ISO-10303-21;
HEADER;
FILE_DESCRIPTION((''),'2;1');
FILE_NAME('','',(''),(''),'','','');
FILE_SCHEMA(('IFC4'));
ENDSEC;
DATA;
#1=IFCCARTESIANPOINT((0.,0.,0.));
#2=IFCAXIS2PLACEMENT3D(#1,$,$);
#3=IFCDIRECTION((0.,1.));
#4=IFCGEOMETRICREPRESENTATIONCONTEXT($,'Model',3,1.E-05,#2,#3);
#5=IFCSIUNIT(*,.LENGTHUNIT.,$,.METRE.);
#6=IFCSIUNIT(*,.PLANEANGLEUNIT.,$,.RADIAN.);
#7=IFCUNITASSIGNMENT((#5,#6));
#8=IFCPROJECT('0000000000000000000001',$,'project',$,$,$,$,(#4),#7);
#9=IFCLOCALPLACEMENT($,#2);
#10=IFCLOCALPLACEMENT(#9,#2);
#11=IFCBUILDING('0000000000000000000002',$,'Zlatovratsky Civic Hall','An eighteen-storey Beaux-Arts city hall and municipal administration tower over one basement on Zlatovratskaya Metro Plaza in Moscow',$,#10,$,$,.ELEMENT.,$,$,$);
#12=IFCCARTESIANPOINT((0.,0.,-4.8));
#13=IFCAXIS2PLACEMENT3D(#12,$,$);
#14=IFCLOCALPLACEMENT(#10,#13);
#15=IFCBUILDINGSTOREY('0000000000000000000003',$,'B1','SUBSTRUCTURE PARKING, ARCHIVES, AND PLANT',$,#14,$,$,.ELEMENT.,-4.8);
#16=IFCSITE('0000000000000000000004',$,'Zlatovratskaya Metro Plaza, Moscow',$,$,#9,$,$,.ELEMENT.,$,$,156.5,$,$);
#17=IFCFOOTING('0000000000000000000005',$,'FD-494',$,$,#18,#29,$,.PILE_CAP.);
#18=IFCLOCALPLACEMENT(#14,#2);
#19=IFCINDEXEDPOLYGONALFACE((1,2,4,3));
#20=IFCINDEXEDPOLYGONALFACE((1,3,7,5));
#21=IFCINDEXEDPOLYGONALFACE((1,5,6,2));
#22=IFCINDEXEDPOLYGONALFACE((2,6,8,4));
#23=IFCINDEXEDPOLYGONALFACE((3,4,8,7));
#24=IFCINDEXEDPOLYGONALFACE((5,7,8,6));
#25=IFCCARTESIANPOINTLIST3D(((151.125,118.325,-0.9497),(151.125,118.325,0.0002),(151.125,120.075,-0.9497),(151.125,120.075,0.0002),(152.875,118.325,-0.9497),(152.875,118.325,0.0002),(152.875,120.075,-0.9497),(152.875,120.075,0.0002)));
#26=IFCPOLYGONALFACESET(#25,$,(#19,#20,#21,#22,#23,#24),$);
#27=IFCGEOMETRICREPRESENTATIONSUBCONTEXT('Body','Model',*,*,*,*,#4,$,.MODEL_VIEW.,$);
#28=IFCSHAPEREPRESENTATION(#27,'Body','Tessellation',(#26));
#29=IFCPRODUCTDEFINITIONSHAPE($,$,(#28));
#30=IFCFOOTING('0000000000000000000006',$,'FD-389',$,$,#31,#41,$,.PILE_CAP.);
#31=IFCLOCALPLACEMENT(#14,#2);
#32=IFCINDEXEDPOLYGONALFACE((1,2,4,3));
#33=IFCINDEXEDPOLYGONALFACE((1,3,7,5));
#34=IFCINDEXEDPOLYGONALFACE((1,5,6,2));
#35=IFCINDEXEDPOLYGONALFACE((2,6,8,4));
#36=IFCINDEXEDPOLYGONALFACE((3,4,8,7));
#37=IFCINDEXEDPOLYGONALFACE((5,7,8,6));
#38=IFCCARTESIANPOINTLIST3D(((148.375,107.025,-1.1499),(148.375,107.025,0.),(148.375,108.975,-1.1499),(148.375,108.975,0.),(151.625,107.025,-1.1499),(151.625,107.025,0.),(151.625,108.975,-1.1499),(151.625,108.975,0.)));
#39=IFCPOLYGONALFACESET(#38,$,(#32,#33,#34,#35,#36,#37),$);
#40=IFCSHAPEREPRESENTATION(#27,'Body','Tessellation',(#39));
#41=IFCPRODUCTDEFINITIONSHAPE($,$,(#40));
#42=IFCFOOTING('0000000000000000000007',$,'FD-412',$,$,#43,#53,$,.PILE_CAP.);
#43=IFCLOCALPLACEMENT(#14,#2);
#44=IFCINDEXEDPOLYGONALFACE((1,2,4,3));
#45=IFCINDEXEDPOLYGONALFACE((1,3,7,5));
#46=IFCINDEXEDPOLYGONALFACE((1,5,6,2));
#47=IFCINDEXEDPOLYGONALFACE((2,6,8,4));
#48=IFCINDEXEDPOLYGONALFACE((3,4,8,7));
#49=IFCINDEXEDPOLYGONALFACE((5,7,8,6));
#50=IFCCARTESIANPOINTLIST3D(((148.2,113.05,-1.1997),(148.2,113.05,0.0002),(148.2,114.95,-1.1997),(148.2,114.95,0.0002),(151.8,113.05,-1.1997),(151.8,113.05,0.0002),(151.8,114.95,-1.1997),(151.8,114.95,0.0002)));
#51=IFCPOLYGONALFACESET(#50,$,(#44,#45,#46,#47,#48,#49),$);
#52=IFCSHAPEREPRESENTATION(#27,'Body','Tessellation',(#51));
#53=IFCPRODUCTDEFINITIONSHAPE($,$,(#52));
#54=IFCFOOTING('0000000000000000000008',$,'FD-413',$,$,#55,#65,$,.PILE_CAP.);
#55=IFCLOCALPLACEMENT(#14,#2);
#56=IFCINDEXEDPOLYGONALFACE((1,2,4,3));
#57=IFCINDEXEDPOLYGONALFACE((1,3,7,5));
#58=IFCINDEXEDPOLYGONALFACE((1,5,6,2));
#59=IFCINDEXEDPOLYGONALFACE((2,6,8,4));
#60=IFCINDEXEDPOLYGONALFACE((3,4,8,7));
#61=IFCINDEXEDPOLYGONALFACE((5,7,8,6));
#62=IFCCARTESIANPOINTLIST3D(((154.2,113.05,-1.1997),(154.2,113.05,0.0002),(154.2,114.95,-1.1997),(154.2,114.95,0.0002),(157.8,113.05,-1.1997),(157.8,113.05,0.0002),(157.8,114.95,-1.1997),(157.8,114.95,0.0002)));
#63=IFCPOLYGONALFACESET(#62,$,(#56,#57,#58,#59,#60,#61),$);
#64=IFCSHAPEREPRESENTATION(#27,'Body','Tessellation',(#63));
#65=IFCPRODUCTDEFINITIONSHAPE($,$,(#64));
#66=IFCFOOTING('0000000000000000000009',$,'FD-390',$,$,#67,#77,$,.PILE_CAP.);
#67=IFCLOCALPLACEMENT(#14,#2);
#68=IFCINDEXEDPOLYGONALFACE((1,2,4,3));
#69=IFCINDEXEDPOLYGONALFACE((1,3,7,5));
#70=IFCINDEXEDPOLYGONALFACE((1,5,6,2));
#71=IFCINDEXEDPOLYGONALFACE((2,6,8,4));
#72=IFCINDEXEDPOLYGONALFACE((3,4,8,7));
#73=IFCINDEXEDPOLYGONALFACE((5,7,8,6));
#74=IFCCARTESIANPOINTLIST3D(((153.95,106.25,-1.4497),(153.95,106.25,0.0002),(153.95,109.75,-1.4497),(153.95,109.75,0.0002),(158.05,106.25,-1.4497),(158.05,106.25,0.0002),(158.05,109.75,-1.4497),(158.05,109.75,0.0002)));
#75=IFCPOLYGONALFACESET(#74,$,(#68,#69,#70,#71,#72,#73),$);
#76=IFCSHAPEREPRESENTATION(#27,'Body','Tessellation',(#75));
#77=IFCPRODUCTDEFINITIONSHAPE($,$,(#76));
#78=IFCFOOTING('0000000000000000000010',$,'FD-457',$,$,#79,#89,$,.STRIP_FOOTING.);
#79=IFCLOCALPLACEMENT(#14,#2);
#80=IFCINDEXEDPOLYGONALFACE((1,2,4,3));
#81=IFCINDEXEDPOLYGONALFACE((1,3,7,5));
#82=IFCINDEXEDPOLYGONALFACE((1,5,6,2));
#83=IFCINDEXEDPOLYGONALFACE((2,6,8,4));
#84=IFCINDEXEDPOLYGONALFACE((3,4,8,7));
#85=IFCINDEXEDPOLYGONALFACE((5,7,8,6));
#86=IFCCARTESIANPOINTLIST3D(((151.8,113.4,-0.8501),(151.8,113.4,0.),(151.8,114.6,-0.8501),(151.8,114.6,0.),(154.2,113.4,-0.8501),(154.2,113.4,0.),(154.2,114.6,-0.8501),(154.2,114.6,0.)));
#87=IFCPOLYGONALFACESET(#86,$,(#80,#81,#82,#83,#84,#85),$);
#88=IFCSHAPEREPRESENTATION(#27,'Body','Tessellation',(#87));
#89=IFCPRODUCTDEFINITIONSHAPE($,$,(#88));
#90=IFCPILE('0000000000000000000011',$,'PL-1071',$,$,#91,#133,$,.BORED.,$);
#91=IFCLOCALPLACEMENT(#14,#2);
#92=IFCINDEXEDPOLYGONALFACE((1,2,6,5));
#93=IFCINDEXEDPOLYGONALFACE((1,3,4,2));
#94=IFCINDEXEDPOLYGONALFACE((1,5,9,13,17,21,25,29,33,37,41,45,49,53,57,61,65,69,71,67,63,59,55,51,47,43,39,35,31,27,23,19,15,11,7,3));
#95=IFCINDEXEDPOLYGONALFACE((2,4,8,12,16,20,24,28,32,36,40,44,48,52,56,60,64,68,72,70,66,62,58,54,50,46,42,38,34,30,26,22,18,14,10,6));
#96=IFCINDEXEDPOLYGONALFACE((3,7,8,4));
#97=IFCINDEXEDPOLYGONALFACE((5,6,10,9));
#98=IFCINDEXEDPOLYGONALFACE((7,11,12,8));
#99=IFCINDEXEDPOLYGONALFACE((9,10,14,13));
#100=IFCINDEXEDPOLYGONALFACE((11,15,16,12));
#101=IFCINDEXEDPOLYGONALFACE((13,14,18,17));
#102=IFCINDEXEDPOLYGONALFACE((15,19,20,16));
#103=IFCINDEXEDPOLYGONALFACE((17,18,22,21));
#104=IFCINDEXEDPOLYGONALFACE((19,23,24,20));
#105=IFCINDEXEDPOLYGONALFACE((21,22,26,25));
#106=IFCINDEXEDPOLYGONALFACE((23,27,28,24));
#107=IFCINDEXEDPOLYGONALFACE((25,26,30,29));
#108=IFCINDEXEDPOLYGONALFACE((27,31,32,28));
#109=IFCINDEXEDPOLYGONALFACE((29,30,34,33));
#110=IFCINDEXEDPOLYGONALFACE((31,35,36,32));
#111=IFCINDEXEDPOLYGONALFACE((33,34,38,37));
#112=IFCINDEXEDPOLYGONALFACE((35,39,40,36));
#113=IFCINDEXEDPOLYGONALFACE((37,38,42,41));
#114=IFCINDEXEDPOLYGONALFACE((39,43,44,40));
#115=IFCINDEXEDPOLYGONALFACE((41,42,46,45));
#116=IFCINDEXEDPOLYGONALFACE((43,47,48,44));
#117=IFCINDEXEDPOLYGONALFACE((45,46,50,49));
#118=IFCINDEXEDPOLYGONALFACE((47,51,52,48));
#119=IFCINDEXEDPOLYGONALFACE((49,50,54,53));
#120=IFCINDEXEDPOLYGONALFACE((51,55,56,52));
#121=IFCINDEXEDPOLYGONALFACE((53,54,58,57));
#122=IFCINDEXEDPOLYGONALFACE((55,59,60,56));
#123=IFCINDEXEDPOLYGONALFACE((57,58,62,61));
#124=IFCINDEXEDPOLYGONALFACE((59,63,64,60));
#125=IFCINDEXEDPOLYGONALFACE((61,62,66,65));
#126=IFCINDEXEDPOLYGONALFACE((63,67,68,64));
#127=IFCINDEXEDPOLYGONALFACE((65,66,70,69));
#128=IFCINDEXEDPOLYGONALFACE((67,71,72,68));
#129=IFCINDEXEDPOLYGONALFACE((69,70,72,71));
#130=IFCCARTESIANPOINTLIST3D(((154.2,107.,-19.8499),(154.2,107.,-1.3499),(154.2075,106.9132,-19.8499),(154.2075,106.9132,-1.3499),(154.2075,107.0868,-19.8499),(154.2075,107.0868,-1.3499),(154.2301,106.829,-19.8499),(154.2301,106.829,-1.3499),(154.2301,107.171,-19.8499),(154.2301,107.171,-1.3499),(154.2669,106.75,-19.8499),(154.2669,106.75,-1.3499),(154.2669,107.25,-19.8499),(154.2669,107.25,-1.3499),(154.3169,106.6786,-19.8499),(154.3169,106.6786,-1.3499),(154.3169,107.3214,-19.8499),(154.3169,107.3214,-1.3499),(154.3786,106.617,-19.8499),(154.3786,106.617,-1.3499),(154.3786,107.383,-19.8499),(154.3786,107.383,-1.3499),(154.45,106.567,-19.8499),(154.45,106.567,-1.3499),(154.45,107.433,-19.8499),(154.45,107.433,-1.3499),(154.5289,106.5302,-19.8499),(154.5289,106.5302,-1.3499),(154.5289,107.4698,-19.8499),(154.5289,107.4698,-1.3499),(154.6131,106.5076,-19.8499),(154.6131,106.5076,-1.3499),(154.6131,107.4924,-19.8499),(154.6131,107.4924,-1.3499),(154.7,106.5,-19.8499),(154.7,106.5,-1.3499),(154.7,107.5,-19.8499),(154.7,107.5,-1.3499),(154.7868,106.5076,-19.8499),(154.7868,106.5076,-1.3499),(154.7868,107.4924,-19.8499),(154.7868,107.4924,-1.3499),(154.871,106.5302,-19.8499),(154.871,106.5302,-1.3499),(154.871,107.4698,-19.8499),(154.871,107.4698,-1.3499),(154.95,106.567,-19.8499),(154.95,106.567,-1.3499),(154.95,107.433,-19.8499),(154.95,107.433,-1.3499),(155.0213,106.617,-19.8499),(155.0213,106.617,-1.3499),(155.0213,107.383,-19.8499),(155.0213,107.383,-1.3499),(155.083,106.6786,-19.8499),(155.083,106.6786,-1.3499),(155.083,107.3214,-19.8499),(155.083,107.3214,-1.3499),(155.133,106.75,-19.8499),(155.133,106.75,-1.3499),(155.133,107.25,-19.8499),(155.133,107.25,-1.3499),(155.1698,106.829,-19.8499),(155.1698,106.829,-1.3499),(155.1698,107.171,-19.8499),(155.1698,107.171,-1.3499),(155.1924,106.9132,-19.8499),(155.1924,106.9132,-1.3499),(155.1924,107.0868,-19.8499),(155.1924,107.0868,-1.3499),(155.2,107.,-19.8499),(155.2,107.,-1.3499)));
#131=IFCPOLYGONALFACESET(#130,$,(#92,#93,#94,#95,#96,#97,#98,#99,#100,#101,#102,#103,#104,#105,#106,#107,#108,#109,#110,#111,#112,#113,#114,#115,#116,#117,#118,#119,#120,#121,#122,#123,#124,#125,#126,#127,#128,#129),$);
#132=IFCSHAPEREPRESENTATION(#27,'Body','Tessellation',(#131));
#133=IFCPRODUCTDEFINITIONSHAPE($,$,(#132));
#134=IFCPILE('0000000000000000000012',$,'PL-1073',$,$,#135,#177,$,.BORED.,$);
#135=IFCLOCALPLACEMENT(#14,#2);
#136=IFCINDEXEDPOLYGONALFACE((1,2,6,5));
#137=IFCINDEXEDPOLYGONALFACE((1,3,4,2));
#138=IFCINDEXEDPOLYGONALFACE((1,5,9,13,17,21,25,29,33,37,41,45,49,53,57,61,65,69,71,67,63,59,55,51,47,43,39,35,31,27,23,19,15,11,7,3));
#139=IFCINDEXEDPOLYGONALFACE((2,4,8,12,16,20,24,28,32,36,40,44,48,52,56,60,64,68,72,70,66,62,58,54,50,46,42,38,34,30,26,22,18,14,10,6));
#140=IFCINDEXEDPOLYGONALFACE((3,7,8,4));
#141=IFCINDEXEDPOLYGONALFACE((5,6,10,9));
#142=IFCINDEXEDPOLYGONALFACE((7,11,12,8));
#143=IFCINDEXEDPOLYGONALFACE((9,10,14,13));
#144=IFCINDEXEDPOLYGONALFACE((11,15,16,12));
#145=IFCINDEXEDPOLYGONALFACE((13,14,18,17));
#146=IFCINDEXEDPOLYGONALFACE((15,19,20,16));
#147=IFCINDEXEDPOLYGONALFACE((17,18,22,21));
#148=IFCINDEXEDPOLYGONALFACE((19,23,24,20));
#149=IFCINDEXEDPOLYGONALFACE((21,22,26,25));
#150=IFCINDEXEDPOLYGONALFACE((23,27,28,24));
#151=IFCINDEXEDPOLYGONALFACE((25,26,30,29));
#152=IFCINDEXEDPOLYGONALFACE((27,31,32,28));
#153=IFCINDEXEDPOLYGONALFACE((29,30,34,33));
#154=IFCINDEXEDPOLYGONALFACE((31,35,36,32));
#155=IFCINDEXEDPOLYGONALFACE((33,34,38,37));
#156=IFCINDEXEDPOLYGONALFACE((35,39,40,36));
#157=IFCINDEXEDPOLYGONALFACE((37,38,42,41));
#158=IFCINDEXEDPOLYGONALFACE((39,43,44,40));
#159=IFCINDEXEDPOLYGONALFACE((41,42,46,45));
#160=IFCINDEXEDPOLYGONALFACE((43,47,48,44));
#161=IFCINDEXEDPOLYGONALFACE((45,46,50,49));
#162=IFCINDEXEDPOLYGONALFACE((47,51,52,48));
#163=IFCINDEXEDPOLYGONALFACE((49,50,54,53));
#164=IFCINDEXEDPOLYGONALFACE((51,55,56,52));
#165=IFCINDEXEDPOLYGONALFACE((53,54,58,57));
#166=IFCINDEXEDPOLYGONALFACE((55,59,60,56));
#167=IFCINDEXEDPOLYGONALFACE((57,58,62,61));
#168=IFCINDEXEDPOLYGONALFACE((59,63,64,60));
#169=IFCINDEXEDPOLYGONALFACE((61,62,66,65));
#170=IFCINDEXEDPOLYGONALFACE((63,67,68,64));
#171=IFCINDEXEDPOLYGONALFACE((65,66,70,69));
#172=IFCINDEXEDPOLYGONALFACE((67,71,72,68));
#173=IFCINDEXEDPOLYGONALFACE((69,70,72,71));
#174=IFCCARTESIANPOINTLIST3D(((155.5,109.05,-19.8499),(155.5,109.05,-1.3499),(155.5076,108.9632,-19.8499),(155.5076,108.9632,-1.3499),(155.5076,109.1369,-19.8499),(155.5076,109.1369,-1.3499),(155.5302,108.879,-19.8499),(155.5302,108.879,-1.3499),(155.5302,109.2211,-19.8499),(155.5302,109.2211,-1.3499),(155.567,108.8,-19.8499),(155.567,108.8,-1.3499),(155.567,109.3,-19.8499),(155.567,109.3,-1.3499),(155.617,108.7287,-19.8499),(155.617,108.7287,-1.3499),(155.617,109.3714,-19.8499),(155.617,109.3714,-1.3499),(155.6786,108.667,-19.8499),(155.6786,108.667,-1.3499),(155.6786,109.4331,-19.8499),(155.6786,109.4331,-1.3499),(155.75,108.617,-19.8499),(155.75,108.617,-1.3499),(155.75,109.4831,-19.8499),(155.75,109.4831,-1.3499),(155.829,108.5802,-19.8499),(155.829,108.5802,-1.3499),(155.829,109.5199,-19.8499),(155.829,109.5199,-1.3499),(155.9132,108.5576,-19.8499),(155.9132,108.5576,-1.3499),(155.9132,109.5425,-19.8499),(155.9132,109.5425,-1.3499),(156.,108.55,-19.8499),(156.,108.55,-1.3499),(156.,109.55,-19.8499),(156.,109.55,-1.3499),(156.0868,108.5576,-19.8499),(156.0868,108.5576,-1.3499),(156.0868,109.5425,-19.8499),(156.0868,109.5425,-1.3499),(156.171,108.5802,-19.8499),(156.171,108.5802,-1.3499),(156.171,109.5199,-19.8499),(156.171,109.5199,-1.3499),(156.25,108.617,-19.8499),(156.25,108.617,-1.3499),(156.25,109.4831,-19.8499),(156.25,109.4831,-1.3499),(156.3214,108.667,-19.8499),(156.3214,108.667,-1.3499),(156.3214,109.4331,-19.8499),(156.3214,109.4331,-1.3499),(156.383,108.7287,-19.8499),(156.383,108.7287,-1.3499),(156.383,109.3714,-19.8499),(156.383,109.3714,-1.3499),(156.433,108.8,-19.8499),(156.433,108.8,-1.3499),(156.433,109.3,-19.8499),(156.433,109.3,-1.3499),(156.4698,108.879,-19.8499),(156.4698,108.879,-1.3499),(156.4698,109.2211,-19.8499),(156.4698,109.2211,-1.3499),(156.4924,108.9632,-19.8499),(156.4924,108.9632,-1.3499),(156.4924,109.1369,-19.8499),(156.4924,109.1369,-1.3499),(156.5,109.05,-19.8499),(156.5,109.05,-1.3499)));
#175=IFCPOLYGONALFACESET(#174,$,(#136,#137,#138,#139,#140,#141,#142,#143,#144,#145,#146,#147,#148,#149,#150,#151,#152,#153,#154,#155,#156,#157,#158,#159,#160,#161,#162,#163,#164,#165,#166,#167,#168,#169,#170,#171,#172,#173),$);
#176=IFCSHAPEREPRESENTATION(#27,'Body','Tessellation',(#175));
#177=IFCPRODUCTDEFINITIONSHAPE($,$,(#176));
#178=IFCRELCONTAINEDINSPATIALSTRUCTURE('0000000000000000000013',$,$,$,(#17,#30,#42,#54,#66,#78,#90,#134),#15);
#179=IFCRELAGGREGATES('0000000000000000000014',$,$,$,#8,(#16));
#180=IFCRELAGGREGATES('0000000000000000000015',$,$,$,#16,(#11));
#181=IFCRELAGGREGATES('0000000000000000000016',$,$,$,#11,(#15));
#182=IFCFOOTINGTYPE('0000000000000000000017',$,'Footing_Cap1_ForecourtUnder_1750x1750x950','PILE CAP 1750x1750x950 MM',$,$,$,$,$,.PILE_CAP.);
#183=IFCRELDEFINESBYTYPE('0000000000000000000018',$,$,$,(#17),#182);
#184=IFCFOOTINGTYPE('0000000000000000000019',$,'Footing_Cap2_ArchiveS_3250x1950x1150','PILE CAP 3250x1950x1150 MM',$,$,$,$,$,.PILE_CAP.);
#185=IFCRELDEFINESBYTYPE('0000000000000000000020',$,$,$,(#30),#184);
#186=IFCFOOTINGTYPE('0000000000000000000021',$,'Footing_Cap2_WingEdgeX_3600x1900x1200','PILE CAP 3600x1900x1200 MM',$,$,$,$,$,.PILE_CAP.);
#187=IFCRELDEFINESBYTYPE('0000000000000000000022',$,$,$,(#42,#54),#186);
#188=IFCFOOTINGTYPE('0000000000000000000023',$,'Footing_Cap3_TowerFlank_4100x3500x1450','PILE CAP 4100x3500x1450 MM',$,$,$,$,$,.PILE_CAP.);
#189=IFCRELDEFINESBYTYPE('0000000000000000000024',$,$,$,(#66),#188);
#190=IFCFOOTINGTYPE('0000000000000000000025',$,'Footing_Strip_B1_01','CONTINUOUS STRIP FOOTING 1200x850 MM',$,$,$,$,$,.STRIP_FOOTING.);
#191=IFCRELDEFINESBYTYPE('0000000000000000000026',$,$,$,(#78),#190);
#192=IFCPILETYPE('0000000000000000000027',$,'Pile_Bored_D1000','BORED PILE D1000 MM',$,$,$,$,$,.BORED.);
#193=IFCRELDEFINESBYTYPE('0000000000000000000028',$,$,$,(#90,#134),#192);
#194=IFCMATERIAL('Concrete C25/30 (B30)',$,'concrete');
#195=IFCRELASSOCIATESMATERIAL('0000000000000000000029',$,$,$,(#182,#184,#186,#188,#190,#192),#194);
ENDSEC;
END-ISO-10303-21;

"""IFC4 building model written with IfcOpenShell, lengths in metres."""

from ifc_helpers import new_model, si_unit, direction, frame, origin, origin_2d, place, context, subcontext, project, spatial, rectangle, circle, extrude, material, material_profile, profile_set, type_object, element, save


model = new_model("IFC4")

# Units and contexts
model_context = context("Model", 3, precision=1e-05, world=origin(), true_north=direction((0.0, 1.0)))
body_context = subcontext(model_context, "Body", "Model", "MODEL_VIEW")
ifc_project = project(units=[si_unit("LENGTHUNIT", "METRE"), si_unit("PLANEANGLEUNIT", "RADIAN")], contexts=[model_context])

# Site, building, storey
site_placement = place(None, origin())
site = spatial("IfcSite", under=ifc_project, at=site_placement, Name="Zlatovratskaya Metro Plaza, Moscow", CompositionType="ELEMENT", RefElevation=156.5)
building_placement = place(site_placement, origin())
building = spatial("IfcBuilding", under=site, at=building_placement, Name="Zlatovratsky Civic Hall", Description="An eighteen-storey Beaux-Arts city hall and municipal administration tower over one basement on Zlatovratskaya Metro Plaza in Moscow", CompositionType="ELEMENT")
storey_placement = place(building_placement, frame((0.0, 0.0, -4.8)))
storey = spatial("IfcBuildingStorey", under=building, at=storey_placement, Name="B1", Description="SUBSTRUCTURE PARKING, ARCHIVES, AND PLANT", CompositionType="ELEMENT", Elevation=-4.8)

# Footings
ifc_material_1 = material(Name="Concrete C25/30 (B30)", Category="concrete")
footing_type_1 = type_object("IfcFootingType", Name="Footing_Cap1_ForecourtUnder_1750x1750x950", Description="PILE CAP 1750x1750x950 MM", PredefinedType="PILE_CAP", material=ifc_material_1)
footing_1_placement = place(storey_placement, frame((152.0, 119.2, -0.9497), z_axis=(0.0, 0.0, 1.0), x_axis=(1.0, 0.0, 0.0)))
element("IfcFooting", 1, at=footing_1_placement, inside=storey, type_object=footing_type_1, Name="FD-494", PredefinedType="PILE_CAP", context=body_context, shape_type="SweptSolid", body=[
    extrude(rectangle(XDim=1.75, YDim=1.75, at=origin_2d()), origin(), (0.0, 0.0, 1.0), 0.95),
])
footing_type_2 = type_object("IfcFootingType", Name="Footing_Cap2_ArchiveS_3250x1950x1150", Description="PILE CAP 3250x1950x1150 MM", PredefinedType="PILE_CAP", material=ifc_material_1)
footing_2_placement = place(storey_placement, frame((150.0, 108.0, -1.1499), z_axis=(0.0, 0.0, 1.0), x_axis=(1.0, 0.0, 0.0)))
element("IfcFooting", 2, at=footing_2_placement, inside=storey, type_object=footing_type_2, Name="FD-389", PredefinedType="PILE_CAP", context=body_context, shape_type="SweptSolid", body=[
    extrude(rectangle(XDim=3.25, YDim=1.95, at=origin_2d()), origin(), (0.0, 0.0, 1.0), 1.1499),
])
footing_type_3 = type_object("IfcFootingType", Name="Footing_Cap2_WingEdgeX_3600x1900x1200", Description="PILE CAP 3600x1900x1200 MM", PredefinedType="PILE_CAP", material=ifc_material_1)
for number, where, z_axis, x_axis, name in (
    (3, (150.0, 114.0, -1.1997), (0.0, 0.0, 1.0), (1.0, 0.0, 0.0), "FD-412"),
    (4, (156.0, 114.0, -1.1997), (0.0, 0.0, 1.0), (1.0, 0.0, 0.0), "FD-413"),
):
    element("IfcFooting", number, at=place(storey_placement, frame(where, z_axis=z_axis, x_axis=x_axis)), inside=storey, type_object=footing_type_3, Name=name, PredefinedType="PILE_CAP", context=body_context, shape_type="SweptSolid", body=[
        extrude(rectangle(XDim=3.6001, YDim=1.8999, at=origin_2d()), origin(), (0.0, 0.0, 1.0), 1.2),
    ])
footing_type_4 = type_object("IfcFootingType", Name="Footing_Cap3_TowerFlank_4100x3500x1450", Description="PILE CAP 4100x3500x1450 MM", PredefinedType="PILE_CAP", material=ifc_material_1)
footing_3_placement = place(storey_placement, frame((156.0, 108.0, -1.4497), z_axis=(0.0, 0.0, 1.0), x_axis=(1.0, 0.0, 0.0)))
element("IfcFooting", 5, at=footing_3_placement, inside=storey, type_object=footing_type_4, Name="FD-390", PredefinedType="PILE_CAP", context=body_context, shape_type="SweptSolid", body=[
    extrude(rectangle(XDim=4.1001, YDim=3.5, at=origin_2d()), origin(), (0.0, 0.0, 1.0), 1.45),
])
footing_type_5 = type_object("IfcFootingType", Name="Footing_Strip_B1_01", Description="CONTINUOUS STRIP FOOTING 1200x850 MM", PredefinedType="STRIP_FOOTING", material=ifc_material_1)
footing_4_placement = place(storey_placement, frame((153.0, 114.0, -0.8501), z_axis=(0.0, 0.0, 1.0), x_axis=(1.0, 0.0, 0.0)))
element("IfcFooting", 6, at=footing_4_placement, inside=storey, type_object=footing_type_5, Name="FD-457", PredefinedType="STRIP_FOOTING", context=body_context, shape_type="SweptSolid", body=[
    extrude(rectangle(XDim=2.3999, YDim=1.2, at=origin_2d()), origin(), (0.0, 0.0, 1.0), 0.8501),
])

# Piles
ifc_material_profile_1 = material_profile(ifc_material_1, circle(Radius=0.5, at=origin_2d()), Name="PILE D1000")
ifc_profile_set_1 = profile_set([ifc_material_profile_1], Name="Concrete C25/30 (B30)")
pile_type_1 = type_object("IfcPileType", Name="Pile_Bored_D1000", Description="BORED PILE D1000 MM", PredefinedType="BORED", material=ifc_profile_set_1)
for number, where, z_axis, x_axis, name in (
    (7, (154.7, 107.0, -1.3499), (0.0, 0.0, -1.0), (1.0, 0.0, 0.0), "PL-1071"),
    (8, (156.0, 109.05, -1.3499), (0.0, 0.0, -1.0), (1.0, 0.0, 0.0), "PL-1073"),
):
    element("IfcPile", number, at=place(storey_placement, frame(where, z_axis=z_axis, x_axis=x_axis)), inside=storey, type_object=pile_type_1, Name=name, PredefinedType="BORED", context=body_context, shape_type="SweptSolid", body=[
        extrude(circle(Radius=0.5, at=origin_2d()), origin(), (0.0, 0.0, 1.0), 18.5),
    ])

save(model, "model.ifc")
